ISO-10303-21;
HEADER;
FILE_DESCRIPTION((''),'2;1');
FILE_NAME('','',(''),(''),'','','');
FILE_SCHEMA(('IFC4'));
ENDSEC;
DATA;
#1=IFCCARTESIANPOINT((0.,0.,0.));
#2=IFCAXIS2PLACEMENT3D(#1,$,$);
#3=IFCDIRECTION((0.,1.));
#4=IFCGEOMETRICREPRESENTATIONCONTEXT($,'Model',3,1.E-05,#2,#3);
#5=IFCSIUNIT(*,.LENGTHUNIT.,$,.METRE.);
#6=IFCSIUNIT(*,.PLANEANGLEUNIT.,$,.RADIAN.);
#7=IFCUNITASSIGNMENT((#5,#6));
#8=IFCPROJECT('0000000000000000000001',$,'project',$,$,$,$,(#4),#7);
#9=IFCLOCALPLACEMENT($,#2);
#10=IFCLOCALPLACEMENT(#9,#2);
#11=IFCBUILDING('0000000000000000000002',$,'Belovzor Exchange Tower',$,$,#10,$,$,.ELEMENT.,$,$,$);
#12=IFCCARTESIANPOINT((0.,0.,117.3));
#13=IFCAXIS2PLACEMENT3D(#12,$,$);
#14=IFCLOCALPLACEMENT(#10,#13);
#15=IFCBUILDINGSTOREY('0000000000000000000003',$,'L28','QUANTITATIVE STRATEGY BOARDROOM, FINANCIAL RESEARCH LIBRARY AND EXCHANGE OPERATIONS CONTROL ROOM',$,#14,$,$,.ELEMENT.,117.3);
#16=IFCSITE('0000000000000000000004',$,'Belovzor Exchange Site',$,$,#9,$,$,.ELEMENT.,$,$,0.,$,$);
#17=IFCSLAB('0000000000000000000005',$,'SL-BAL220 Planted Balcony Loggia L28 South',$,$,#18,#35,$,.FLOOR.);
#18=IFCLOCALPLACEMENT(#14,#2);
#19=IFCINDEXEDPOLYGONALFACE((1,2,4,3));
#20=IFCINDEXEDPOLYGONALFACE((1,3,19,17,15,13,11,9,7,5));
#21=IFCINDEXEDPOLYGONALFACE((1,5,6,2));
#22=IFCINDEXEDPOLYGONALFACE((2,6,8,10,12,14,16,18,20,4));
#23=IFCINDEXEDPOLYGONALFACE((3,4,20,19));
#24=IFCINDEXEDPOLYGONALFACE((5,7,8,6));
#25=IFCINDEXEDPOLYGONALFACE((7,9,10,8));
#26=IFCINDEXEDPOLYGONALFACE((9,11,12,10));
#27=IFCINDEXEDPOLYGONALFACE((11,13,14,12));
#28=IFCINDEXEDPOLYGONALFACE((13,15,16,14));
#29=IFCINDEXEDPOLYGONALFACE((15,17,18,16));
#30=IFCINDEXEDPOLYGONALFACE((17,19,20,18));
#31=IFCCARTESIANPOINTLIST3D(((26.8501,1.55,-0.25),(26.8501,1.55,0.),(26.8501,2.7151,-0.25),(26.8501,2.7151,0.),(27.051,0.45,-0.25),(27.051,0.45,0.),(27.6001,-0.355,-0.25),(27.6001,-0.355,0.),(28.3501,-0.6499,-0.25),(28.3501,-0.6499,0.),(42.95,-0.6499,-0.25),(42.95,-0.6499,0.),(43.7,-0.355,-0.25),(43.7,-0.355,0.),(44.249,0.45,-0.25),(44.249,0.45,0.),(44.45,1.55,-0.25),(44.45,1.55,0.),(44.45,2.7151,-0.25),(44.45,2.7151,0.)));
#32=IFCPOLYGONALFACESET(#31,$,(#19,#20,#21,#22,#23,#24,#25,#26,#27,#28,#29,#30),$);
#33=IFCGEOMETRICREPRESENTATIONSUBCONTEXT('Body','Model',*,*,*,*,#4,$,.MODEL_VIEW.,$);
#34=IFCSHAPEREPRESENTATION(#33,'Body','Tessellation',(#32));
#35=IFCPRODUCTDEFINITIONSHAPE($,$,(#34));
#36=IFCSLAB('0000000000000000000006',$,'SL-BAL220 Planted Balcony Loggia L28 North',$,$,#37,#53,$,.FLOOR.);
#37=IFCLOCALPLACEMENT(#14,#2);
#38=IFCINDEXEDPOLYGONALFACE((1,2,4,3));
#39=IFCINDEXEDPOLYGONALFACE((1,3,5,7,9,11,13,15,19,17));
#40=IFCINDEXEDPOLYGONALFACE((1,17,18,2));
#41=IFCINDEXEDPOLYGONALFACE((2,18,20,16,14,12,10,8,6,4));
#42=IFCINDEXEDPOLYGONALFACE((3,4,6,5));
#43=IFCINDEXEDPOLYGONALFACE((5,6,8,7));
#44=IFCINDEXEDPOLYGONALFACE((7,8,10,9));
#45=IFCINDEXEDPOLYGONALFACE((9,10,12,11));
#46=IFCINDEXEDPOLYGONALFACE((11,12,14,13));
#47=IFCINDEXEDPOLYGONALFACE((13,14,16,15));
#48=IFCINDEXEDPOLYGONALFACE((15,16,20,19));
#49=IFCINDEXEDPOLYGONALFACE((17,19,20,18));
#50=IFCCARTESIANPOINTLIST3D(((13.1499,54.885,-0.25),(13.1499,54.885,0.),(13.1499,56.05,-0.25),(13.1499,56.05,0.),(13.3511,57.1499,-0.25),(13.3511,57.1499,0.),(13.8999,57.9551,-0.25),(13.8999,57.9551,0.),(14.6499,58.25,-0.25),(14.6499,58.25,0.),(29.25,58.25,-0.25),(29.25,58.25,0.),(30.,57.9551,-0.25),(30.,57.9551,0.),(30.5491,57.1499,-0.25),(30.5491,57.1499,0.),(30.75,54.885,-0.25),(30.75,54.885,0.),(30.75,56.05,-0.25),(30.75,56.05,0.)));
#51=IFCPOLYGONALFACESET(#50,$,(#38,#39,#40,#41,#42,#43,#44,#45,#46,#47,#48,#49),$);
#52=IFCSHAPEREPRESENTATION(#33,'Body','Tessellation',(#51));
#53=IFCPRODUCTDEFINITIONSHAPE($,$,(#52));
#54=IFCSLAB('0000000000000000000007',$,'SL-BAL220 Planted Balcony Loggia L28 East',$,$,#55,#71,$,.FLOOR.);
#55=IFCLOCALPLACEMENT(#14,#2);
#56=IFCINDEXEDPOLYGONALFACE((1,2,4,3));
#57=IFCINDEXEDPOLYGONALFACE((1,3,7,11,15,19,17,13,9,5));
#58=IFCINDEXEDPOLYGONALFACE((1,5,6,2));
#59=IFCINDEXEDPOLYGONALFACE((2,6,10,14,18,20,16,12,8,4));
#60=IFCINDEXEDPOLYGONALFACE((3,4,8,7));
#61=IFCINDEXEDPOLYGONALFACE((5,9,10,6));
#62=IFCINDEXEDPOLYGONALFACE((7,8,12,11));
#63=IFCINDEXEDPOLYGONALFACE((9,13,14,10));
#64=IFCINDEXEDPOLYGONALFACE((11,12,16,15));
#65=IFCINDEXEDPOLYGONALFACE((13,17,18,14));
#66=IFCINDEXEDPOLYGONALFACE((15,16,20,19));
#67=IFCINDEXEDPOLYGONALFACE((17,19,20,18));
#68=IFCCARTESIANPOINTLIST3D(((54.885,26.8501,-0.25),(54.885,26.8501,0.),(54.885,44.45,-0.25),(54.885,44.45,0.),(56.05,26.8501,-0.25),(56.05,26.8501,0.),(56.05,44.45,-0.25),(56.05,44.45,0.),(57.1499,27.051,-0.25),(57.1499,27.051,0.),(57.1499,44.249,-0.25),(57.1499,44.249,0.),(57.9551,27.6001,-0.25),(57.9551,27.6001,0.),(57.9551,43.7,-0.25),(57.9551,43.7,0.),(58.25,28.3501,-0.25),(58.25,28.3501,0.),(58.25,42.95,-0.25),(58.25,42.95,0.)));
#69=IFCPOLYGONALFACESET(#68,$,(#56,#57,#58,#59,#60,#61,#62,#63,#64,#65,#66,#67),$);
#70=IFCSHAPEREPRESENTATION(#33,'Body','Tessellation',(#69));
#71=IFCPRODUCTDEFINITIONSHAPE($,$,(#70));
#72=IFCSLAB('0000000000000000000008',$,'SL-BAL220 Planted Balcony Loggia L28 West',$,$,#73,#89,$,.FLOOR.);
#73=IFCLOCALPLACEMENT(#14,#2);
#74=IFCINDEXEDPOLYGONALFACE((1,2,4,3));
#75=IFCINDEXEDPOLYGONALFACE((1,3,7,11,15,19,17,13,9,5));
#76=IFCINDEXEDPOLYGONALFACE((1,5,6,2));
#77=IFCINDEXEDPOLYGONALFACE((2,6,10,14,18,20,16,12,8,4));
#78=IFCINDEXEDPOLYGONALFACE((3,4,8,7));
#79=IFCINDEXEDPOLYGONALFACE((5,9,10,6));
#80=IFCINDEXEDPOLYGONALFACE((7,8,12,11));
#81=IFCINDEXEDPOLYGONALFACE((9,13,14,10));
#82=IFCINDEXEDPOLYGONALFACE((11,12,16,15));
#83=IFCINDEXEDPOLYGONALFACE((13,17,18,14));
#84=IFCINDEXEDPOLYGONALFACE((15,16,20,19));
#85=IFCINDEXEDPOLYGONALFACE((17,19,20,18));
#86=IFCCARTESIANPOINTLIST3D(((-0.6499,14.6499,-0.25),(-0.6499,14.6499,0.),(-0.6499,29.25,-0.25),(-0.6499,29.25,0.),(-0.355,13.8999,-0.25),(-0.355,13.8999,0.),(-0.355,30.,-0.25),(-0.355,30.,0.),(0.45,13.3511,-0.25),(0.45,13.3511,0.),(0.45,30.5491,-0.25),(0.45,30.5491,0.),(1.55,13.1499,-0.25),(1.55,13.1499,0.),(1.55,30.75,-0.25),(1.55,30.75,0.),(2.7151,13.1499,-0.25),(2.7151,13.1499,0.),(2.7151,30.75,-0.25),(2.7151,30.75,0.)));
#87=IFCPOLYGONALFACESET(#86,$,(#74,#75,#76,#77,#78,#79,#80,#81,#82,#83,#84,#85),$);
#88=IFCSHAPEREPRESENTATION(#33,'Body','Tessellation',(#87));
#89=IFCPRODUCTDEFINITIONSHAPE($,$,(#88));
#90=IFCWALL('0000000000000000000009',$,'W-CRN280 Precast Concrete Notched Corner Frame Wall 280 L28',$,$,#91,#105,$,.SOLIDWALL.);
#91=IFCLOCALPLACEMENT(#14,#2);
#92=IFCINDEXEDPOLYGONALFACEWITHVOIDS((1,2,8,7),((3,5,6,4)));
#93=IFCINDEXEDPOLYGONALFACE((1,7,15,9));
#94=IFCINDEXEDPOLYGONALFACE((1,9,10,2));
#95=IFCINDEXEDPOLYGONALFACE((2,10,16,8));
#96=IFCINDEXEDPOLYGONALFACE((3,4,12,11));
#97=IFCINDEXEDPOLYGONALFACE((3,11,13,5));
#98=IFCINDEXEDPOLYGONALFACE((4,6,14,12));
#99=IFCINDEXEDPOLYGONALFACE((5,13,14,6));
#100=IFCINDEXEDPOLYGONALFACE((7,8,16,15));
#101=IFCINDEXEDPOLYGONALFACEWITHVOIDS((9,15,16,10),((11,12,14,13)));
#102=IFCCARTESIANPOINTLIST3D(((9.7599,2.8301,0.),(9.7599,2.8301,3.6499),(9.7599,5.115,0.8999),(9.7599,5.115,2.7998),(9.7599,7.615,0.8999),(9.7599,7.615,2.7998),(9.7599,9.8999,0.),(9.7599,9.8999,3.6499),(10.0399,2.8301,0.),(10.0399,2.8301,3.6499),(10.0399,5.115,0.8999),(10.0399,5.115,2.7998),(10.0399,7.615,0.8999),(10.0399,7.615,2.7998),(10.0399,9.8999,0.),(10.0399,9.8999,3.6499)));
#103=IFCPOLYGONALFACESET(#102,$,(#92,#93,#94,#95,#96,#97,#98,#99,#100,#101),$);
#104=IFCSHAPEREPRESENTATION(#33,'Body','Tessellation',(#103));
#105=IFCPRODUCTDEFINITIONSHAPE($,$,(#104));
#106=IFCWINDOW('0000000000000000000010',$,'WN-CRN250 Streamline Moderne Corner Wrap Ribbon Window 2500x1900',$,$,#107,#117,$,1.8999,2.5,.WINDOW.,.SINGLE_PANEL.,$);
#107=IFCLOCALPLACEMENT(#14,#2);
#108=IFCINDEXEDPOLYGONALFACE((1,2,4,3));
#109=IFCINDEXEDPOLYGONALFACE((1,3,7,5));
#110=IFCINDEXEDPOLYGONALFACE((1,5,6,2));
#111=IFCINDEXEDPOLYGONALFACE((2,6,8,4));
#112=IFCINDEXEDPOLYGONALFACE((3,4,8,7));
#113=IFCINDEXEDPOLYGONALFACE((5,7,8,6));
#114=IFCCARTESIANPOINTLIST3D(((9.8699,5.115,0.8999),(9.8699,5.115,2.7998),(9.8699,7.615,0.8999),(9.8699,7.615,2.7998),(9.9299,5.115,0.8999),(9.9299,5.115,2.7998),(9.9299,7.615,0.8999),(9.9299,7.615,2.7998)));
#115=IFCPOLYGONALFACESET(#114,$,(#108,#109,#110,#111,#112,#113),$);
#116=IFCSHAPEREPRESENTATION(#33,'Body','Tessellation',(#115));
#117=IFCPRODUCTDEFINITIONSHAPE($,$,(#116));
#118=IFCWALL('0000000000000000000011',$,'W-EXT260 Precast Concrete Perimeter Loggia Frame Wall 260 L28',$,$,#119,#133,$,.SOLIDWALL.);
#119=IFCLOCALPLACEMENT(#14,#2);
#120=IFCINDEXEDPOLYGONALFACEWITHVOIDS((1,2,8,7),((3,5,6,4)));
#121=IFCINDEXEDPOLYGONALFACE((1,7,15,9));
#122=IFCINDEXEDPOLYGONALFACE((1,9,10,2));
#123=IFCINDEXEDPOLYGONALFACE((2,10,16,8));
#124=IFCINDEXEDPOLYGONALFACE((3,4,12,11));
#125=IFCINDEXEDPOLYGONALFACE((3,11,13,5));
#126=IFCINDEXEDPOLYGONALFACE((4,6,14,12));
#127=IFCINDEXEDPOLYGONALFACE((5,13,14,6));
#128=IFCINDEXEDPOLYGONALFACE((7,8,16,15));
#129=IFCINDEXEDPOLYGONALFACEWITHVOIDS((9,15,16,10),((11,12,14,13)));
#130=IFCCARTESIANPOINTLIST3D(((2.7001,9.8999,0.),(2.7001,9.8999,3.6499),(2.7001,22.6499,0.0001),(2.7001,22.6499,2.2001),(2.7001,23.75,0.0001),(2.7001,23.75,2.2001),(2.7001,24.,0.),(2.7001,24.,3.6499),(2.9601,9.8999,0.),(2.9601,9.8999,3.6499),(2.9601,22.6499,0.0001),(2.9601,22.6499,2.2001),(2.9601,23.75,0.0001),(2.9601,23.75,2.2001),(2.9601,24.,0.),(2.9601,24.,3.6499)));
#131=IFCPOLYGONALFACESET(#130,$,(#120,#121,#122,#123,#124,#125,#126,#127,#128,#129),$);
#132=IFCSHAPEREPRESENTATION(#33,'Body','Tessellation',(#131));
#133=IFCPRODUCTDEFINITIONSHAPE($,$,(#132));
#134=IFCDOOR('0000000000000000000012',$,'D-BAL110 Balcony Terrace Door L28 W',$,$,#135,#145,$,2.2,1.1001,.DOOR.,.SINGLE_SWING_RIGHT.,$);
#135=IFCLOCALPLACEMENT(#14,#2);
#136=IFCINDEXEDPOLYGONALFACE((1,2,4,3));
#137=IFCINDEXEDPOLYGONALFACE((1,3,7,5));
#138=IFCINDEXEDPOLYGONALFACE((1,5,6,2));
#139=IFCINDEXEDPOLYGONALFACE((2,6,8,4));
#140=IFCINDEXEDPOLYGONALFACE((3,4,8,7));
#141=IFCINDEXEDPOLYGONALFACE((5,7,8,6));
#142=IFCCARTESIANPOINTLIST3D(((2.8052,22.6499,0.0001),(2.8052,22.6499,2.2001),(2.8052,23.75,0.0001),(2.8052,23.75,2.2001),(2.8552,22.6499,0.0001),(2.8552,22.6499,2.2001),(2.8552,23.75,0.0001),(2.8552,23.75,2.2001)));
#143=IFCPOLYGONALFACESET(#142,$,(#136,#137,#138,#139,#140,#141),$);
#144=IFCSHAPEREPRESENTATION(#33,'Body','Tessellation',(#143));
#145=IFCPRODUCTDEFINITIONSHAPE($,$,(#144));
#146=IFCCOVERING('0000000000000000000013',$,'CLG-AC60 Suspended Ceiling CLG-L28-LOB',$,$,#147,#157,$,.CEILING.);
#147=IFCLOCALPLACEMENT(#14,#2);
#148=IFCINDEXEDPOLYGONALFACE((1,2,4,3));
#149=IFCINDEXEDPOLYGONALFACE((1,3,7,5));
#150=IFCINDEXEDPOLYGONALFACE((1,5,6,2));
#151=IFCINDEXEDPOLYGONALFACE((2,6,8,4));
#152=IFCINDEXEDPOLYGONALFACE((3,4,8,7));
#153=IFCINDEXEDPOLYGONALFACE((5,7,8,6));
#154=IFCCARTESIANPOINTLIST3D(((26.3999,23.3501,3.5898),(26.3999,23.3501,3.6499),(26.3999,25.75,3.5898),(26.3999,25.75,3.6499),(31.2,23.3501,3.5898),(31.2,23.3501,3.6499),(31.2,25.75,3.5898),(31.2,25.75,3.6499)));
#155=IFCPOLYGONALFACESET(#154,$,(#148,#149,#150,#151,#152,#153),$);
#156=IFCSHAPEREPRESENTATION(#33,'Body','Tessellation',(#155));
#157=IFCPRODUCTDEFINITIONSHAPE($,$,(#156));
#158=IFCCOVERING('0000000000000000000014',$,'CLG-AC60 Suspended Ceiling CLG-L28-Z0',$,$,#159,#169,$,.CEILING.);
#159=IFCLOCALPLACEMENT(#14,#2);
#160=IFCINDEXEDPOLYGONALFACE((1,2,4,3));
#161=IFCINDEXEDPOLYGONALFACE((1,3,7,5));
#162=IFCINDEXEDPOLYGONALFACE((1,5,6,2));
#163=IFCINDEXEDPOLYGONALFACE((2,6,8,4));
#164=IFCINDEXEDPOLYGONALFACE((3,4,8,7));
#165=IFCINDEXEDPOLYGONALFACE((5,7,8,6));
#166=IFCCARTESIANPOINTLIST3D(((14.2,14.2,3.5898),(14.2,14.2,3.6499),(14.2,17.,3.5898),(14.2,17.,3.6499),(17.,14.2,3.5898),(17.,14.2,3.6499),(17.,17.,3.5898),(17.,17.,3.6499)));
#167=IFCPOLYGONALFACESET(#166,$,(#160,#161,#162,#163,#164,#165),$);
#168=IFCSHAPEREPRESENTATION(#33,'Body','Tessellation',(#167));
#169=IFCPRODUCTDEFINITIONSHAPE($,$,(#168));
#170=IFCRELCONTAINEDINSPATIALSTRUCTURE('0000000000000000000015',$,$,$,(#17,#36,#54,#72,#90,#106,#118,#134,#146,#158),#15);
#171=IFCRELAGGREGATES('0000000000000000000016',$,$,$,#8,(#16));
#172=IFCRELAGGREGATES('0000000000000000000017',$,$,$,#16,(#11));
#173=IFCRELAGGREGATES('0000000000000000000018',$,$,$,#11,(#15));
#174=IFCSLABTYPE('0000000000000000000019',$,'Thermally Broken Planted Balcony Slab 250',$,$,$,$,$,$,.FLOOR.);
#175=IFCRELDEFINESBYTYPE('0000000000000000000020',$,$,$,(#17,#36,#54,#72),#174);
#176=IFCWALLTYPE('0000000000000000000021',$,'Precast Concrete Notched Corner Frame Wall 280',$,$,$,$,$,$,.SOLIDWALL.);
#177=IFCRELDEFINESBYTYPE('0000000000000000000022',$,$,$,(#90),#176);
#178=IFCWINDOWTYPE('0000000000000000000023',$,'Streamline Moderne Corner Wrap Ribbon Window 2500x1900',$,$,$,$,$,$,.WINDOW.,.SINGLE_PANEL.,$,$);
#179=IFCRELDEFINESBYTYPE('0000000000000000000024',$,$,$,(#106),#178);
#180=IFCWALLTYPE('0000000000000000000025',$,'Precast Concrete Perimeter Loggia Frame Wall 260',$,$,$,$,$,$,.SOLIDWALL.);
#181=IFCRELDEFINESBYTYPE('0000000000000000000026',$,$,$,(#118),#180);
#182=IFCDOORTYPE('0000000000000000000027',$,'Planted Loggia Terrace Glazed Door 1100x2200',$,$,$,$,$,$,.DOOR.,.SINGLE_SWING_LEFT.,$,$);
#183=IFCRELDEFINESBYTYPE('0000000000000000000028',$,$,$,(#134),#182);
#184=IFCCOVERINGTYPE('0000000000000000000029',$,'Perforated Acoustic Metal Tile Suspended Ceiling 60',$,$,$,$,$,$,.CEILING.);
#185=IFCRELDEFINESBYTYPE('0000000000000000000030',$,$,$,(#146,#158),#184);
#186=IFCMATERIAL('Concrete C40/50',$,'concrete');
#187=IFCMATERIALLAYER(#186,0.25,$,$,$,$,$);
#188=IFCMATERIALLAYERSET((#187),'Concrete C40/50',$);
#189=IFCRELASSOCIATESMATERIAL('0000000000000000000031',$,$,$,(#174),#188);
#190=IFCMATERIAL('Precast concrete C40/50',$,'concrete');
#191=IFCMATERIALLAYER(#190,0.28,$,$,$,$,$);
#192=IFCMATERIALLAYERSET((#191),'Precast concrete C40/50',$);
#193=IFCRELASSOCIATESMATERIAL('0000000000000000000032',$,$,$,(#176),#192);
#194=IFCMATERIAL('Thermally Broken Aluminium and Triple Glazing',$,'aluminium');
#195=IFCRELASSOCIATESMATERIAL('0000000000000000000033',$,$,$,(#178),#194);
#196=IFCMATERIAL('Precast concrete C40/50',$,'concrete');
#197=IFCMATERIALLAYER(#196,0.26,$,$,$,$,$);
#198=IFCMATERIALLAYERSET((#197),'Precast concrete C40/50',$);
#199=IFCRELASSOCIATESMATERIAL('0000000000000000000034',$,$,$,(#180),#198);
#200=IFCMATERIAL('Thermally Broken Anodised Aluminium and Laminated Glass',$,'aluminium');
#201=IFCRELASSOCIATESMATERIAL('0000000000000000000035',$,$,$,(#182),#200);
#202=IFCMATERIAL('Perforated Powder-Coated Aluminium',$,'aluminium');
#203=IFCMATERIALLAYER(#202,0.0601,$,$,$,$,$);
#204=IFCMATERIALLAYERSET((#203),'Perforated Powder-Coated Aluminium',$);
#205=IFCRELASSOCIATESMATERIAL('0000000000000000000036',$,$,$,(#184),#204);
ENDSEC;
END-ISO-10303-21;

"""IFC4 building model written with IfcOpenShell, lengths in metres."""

from ifc_helpers import new_model, si_unit, direction, frame, frame_2d, origin, place, context, subcontext, project, spatial, polyline, rectangle, outline, extrude, material, layer, layer_set, type_object, element, fill, save


model = new_model("IFC4")

# Units and contexts
model_context = context("Model", 3, precision=1e-05, world=origin(), true_north=direction((0.0, 1.0)))
body_context = subcontext(model_context, "Body", "Model", "MODEL_VIEW")
ifc_project = project(units=[si_unit("LENGTHUNIT", "METRE"), si_unit("PLANEANGLEUNIT", "RADIAN")], contexts=[model_context])

# Site, building, storey
site_placement = place(None, origin())
site = spatial("IfcSite", under=ifc_project, at=site_placement, Name="Belovzor Exchange Site", CompositionType="ELEMENT", RefElevation=0.0)
building_placement = place(site_placement, origin())
building = spatial("IfcBuilding", under=site, at=building_placement, Name="Belovzor Exchange Tower", CompositionType="ELEMENT")
storey_placement = place(building_placement, frame((0.0, 0.0, 117.3)))
storey = spatial("IfcBuildingStorey", under=building, at=storey_placement, Name="L28", Description="QUANTITATIVE STRATEGY BOARDROOM, FINANCIAL RESEARCH LIBRARY AND EXCHANGE OPERATIONS CONTROL ROOM", CompositionType="ELEMENT", Elevation=117.3)

# Slabs
ifc_material_1 = material(Name="Concrete C40/50", Category="concrete")
ifc_layer_1 = layer(ifc_material_1, 0.25)
ifc_layer_set_1 = layer_set([ifc_layer_1], Name="Concrete C40/50")
slab_type_1 = type_object("IfcSlabType", Name="Thermally Broken Planted Balcony Slab 250", PredefinedType="FLOOR", material=ifc_layer_set_1)
slab_1_placement = place(storey_placement, frame((0.0, 0.0, -0.25)))
element("IfcSlab", 1, at=slab_1_placement, inside=storey, type_object=slab_type_1, Name="SL-BAL220 Planted Balcony Loggia L28 South", PredefinedType="FLOOR", context=body_context, shape_type="SweptSolid", body=[
    extrude(outline(polyline([(26.8501, 2.7151), (26.8501, 1.55), (27.051, 0.45), (27.6001, -0.355), (28.3501, -0.6499), (42.95, -0.6499), (43.7, -0.355), (44.249, 0.45), (44.45, 1.55), (44.45, 2.7151), (26.8501, 2.7151)])), origin(), (0.0, 0.0, 1.0), 0.25),
])
slab_2_placement = place(storey_placement, frame((0.0, 0.0, -0.25)))
element("IfcSlab", 2, at=slab_2_placement, inside=storey, type_object=slab_type_1, Name="SL-BAL220 Planted Balcony Loggia L28 North", PredefinedType="FLOOR", context=body_context, shape_type="SweptSolid", body=[
    extrude(outline(polyline([(30.75, 54.885), (30.75, 56.05), (30.5491, 57.1499), (30.0, 57.9551), (29.25, 58.25), (14.6499, 58.25), (13.8999, 57.9551), (13.3511, 57.1499), (13.1499, 56.05), (13.1499, 54.885), (30.75, 54.885)])), origin(), (0.0, 0.0, 1.0), 0.25),
])
slab_3_placement = place(storey_placement, frame((0.0, 0.0, -0.25)))
element("IfcSlab", 3, at=slab_3_placement, inside=storey, type_object=slab_type_1, Name="SL-BAL220 Planted Balcony Loggia L28 East", PredefinedType="FLOOR", context=body_context, shape_type="SweptSolid", body=[
    extrude(outline(polyline([(54.885, 26.8501), (56.05, 26.8501), (57.1499, 27.051), (57.9551, 27.6001), (58.25, 28.3501), (58.25, 42.95), (57.9551, 43.7), (57.1499, 44.249), (56.05, 44.45), (54.885, 44.45), (54.885, 26.8501)])), origin(), (0.0, 0.0, 1.0), 0.25),
])
slab_4_placement = place(storey_placement, frame((0.0, 0.0, -0.25)))
element("IfcSlab", 4, at=slab_4_placement, inside=storey, type_object=slab_type_1, Name="SL-BAL220 Planted Balcony Loggia L28 West", PredefinedType="FLOOR", context=body_context, shape_type="SweptSolid", body=[
    extrude(outline(polyline([(2.7151, 30.75), (1.55, 30.75), (0.45, 30.5491), (-0.355, 30.0), (-0.6499, 29.25), (-0.6499, 14.6499), (-0.355, 13.8999), (0.45, 13.3511), (1.55, 13.1499), (2.7151, 13.1499), (2.7151, 30.75)])), origin(), (0.0, 0.0, 1.0), 0.25),
])

# Wall, opening, window
ifc_material_2 = material(Name="Precast concrete C40/50", Category="concrete")
ifc_layer_2 = layer(ifc_material_2, 0.28)
ifc_layer_set_2 = layer_set([ifc_layer_2], Name="Precast concrete C40/50")
wall_type_1 = type_object("IfcWallType", Name="Precast Concrete Notched Corner Frame Wall 280", PredefinedType="SOLIDWALL", material=ifc_layer_set_2)
wall_1_placement = place(storey_placement, frame((9.8999, 2.8301, 0.0), z_axis=(0.0, 0.0, 1.0), x_axis=(0.0, 1.0, 0.0)))
wall_1 = element("IfcWall", 5, at=wall_1_placement, inside=storey, type_object=wall_type_1, Name="W-CRN280 Precast Concrete Notched Corner Frame Wall 280 L28", PredefinedType="SOLIDWALL", context=body_context, shape_type="SweptSolid", body=[
    extrude(rectangle(XDim=7.0698, YDim=0.28, at=frame_2d((3.5349, 0.0))), origin(), (0.0, 0.0, 1.0), 3.6499),
])
opening_1_placement = place(wall_1_placement, frame((2.2849, 0.0, 0.8999)))
opening_1 = element("IfcOpeningElement", 6, at=opening_1_placement, cuts=wall_1, PredefinedType="OPENING", context=body_context, shape_type="SweptSolid", body=[
    extrude(rectangle(XDim=2.5, YDim=1.8999, at=frame_2d((1.25, 0.95))), frame((0.0, 0.1499, 0.0), z_axis=(0.0, -1.0, 0.0), x_axis=(1.0, 0.0, 0.0)), (0.0, 0.0, 1.0), 0.3),
])
ifc_material_3 = material(Name="Thermally Broken Aluminium and Triple Glazing", Category="aluminium")
window_type = type_object("IfcWindowType", Name="Streamline Moderne Corner Wrap Ribbon Window 2500x1900", PartitioningType="SINGLE_PANEL", PredefinedType="WINDOW", material=ifc_material_3)
window_placement = place(opening_1_placement, origin())
window = element("IfcWindow", 7, at=window_placement, inside=storey, type_object=window_type, Name="WN-CRN250 Streamline Moderne Corner Wrap Ribbon Window 2500x1900", OverallHeight=1.8999, OverallWidth=2.5, PartitioningType="SINGLE_PANEL", PredefinedType="WINDOW", context=body_context, shape_type="SweptSolid", body=[
    extrude(rectangle(XDim=2.5, YDim=1.8999, at=frame_2d((1.25, 0.95))), frame((0.0, 0.03, 0.0), z_axis=(0.0, -1.0, 0.0), x_axis=(1.0, 0.0, 0.0)), (0.0, 0.0, 1.0), 0.0601),
])
fill(opening_1, window)

# Wall, opening, door
ifc_material_4 = material(Name="Precast concrete C40/50", Category="concrete")
ifc_layer_3 = layer(ifc_material_4, 0.26)
ifc_layer_set_3 = layer_set([ifc_layer_3], Name="Precast concrete C40/50")
wall_type_2 = type_object("IfcWallType", Name="Precast Concrete Perimeter Loggia Frame Wall 260", PredefinedType="SOLIDWALL", material=ifc_layer_set_3)
wall_2_placement = place(storey_placement, frame((2.8301, 9.8999, 0.0), z_axis=(0.0, 0.0, 1.0), x_axis=(0.0, 1.0, 0.0)))
wall_2 = element("IfcWall", 8, at=wall_2_placement, inside=storey, type_object=wall_type_2, Name="W-EXT260 Precast Concrete Perimeter Loggia Frame Wall 260 L28", PredefinedType="SOLIDWALL", context=body_context, shape_type="SweptSolid", body=[
    extrude(rectangle(XDim=14.1001, YDim=0.26, at=frame_2d((7.05, 0.0))), origin(), (0.0, 0.0, 1.0), 3.6499),
])
opening_2_placement = place(wall_2_placement, frame((12.75, 0.0, 0.0)))
opening_2 = element("IfcOpeningElement", 9, at=opening_2_placement, cuts=wall_2, PredefinedType="OPENING", context=body_context, shape_type="SweptSolid", body=[
    extrude(rectangle(XDim=1.1001, YDim=2.2, at=frame_2d((0.55, 1.1001))), frame((0.0, 0.1399, 0.0), z_axis=(0.0, -1.0, 0.0), x_axis=(1.0, 0.0, 0.0)), (0.0, 0.0, 1.0), 0.28),
])
ifc_material_5 = material(Name="Thermally Broken Anodised Aluminium and Laminated Glass", Category="aluminium")
door_type = type_object("IfcDoorType", Name="Planted Loggia Terrace Glazed Door 1100x2200", OperationType="SINGLE_SWING_LEFT", PredefinedType="DOOR", material=ifc_material_5)
door_placement = place(opening_2_placement, origin())
door = element("IfcDoor", 10, at=door_placement, inside=storey, type_object=door_type, Name="D-BAL110 Balcony Terrace Door L28 W", OperationType="SINGLE_SWING_RIGHT", OverallHeight=2.2, OverallWidth=1.1001, PredefinedType="DOOR", context=body_context, shape_type="SweptSolid", body=[
    extrude(rectangle(XDim=1.1001, YDim=2.2, at=frame_2d((0.55, 1.1001))), frame((0.0, 0.0249, 0.0), z_axis=(0.0, -1.0, 0.0), x_axis=(1.0, 0.0, 0.0)), (0.0, 0.0, 1.0), 0.05),
])
fill(opening_2, door)

# Coverings
ifc_material_6 = material(Name="Perforated Powder-Coated Aluminium", Category="aluminium")
ifc_layer_4 = layer(ifc_material_6, 0.0601)
ifc_layer_set_4 = layer_set([ifc_layer_4], Name="Perforated Powder-Coated Aluminium")
covering_type_1 = type_object("IfcCoveringType", Name="Perforated Acoustic Metal Tile Suspended Ceiling 60", PredefinedType="CEILING", material=ifc_layer_set_4)
covering_1_placement = place(storey_placement, frame((0.0, 0.0, 3.5898)))
element("IfcCovering", 11, at=covering_1_placement, inside=storey, type_object=covering_type_1, Name="CLG-AC60 Suspended Ceiling CLG-L28-LOB", PredefinedType="CEILING", context=body_context, shape_type="SweptSolid", body=[
    extrude(outline(polyline([(26.3999, 23.3501), (31.2, 23.3501), (31.2, 25.75), (26.3999, 25.75), (26.3999, 23.3501)])), origin(), (0.0, 0.0, 1.0), 0.0601),
])
covering_2_placement = place(storey_placement, frame((0.0, 0.0, 3.5898)))
element("IfcCovering", 12, at=covering_2_placement, inside=storey, type_object=covering_type_1, Name="CLG-AC60 Suspended Ceiling CLG-L28-Z0", PredefinedType="CEILING", context=body_context, shape_type="SweptSolid", body=[
    extrude(outline(polyline([(14.2, 14.2), (17.0, 14.2), (17.0, 17.0), (14.2, 17.0), (14.2, 14.2)])), origin(), (0.0, 0.0, 1.0), 0.0601),
])

save(model, "model.ifc")
